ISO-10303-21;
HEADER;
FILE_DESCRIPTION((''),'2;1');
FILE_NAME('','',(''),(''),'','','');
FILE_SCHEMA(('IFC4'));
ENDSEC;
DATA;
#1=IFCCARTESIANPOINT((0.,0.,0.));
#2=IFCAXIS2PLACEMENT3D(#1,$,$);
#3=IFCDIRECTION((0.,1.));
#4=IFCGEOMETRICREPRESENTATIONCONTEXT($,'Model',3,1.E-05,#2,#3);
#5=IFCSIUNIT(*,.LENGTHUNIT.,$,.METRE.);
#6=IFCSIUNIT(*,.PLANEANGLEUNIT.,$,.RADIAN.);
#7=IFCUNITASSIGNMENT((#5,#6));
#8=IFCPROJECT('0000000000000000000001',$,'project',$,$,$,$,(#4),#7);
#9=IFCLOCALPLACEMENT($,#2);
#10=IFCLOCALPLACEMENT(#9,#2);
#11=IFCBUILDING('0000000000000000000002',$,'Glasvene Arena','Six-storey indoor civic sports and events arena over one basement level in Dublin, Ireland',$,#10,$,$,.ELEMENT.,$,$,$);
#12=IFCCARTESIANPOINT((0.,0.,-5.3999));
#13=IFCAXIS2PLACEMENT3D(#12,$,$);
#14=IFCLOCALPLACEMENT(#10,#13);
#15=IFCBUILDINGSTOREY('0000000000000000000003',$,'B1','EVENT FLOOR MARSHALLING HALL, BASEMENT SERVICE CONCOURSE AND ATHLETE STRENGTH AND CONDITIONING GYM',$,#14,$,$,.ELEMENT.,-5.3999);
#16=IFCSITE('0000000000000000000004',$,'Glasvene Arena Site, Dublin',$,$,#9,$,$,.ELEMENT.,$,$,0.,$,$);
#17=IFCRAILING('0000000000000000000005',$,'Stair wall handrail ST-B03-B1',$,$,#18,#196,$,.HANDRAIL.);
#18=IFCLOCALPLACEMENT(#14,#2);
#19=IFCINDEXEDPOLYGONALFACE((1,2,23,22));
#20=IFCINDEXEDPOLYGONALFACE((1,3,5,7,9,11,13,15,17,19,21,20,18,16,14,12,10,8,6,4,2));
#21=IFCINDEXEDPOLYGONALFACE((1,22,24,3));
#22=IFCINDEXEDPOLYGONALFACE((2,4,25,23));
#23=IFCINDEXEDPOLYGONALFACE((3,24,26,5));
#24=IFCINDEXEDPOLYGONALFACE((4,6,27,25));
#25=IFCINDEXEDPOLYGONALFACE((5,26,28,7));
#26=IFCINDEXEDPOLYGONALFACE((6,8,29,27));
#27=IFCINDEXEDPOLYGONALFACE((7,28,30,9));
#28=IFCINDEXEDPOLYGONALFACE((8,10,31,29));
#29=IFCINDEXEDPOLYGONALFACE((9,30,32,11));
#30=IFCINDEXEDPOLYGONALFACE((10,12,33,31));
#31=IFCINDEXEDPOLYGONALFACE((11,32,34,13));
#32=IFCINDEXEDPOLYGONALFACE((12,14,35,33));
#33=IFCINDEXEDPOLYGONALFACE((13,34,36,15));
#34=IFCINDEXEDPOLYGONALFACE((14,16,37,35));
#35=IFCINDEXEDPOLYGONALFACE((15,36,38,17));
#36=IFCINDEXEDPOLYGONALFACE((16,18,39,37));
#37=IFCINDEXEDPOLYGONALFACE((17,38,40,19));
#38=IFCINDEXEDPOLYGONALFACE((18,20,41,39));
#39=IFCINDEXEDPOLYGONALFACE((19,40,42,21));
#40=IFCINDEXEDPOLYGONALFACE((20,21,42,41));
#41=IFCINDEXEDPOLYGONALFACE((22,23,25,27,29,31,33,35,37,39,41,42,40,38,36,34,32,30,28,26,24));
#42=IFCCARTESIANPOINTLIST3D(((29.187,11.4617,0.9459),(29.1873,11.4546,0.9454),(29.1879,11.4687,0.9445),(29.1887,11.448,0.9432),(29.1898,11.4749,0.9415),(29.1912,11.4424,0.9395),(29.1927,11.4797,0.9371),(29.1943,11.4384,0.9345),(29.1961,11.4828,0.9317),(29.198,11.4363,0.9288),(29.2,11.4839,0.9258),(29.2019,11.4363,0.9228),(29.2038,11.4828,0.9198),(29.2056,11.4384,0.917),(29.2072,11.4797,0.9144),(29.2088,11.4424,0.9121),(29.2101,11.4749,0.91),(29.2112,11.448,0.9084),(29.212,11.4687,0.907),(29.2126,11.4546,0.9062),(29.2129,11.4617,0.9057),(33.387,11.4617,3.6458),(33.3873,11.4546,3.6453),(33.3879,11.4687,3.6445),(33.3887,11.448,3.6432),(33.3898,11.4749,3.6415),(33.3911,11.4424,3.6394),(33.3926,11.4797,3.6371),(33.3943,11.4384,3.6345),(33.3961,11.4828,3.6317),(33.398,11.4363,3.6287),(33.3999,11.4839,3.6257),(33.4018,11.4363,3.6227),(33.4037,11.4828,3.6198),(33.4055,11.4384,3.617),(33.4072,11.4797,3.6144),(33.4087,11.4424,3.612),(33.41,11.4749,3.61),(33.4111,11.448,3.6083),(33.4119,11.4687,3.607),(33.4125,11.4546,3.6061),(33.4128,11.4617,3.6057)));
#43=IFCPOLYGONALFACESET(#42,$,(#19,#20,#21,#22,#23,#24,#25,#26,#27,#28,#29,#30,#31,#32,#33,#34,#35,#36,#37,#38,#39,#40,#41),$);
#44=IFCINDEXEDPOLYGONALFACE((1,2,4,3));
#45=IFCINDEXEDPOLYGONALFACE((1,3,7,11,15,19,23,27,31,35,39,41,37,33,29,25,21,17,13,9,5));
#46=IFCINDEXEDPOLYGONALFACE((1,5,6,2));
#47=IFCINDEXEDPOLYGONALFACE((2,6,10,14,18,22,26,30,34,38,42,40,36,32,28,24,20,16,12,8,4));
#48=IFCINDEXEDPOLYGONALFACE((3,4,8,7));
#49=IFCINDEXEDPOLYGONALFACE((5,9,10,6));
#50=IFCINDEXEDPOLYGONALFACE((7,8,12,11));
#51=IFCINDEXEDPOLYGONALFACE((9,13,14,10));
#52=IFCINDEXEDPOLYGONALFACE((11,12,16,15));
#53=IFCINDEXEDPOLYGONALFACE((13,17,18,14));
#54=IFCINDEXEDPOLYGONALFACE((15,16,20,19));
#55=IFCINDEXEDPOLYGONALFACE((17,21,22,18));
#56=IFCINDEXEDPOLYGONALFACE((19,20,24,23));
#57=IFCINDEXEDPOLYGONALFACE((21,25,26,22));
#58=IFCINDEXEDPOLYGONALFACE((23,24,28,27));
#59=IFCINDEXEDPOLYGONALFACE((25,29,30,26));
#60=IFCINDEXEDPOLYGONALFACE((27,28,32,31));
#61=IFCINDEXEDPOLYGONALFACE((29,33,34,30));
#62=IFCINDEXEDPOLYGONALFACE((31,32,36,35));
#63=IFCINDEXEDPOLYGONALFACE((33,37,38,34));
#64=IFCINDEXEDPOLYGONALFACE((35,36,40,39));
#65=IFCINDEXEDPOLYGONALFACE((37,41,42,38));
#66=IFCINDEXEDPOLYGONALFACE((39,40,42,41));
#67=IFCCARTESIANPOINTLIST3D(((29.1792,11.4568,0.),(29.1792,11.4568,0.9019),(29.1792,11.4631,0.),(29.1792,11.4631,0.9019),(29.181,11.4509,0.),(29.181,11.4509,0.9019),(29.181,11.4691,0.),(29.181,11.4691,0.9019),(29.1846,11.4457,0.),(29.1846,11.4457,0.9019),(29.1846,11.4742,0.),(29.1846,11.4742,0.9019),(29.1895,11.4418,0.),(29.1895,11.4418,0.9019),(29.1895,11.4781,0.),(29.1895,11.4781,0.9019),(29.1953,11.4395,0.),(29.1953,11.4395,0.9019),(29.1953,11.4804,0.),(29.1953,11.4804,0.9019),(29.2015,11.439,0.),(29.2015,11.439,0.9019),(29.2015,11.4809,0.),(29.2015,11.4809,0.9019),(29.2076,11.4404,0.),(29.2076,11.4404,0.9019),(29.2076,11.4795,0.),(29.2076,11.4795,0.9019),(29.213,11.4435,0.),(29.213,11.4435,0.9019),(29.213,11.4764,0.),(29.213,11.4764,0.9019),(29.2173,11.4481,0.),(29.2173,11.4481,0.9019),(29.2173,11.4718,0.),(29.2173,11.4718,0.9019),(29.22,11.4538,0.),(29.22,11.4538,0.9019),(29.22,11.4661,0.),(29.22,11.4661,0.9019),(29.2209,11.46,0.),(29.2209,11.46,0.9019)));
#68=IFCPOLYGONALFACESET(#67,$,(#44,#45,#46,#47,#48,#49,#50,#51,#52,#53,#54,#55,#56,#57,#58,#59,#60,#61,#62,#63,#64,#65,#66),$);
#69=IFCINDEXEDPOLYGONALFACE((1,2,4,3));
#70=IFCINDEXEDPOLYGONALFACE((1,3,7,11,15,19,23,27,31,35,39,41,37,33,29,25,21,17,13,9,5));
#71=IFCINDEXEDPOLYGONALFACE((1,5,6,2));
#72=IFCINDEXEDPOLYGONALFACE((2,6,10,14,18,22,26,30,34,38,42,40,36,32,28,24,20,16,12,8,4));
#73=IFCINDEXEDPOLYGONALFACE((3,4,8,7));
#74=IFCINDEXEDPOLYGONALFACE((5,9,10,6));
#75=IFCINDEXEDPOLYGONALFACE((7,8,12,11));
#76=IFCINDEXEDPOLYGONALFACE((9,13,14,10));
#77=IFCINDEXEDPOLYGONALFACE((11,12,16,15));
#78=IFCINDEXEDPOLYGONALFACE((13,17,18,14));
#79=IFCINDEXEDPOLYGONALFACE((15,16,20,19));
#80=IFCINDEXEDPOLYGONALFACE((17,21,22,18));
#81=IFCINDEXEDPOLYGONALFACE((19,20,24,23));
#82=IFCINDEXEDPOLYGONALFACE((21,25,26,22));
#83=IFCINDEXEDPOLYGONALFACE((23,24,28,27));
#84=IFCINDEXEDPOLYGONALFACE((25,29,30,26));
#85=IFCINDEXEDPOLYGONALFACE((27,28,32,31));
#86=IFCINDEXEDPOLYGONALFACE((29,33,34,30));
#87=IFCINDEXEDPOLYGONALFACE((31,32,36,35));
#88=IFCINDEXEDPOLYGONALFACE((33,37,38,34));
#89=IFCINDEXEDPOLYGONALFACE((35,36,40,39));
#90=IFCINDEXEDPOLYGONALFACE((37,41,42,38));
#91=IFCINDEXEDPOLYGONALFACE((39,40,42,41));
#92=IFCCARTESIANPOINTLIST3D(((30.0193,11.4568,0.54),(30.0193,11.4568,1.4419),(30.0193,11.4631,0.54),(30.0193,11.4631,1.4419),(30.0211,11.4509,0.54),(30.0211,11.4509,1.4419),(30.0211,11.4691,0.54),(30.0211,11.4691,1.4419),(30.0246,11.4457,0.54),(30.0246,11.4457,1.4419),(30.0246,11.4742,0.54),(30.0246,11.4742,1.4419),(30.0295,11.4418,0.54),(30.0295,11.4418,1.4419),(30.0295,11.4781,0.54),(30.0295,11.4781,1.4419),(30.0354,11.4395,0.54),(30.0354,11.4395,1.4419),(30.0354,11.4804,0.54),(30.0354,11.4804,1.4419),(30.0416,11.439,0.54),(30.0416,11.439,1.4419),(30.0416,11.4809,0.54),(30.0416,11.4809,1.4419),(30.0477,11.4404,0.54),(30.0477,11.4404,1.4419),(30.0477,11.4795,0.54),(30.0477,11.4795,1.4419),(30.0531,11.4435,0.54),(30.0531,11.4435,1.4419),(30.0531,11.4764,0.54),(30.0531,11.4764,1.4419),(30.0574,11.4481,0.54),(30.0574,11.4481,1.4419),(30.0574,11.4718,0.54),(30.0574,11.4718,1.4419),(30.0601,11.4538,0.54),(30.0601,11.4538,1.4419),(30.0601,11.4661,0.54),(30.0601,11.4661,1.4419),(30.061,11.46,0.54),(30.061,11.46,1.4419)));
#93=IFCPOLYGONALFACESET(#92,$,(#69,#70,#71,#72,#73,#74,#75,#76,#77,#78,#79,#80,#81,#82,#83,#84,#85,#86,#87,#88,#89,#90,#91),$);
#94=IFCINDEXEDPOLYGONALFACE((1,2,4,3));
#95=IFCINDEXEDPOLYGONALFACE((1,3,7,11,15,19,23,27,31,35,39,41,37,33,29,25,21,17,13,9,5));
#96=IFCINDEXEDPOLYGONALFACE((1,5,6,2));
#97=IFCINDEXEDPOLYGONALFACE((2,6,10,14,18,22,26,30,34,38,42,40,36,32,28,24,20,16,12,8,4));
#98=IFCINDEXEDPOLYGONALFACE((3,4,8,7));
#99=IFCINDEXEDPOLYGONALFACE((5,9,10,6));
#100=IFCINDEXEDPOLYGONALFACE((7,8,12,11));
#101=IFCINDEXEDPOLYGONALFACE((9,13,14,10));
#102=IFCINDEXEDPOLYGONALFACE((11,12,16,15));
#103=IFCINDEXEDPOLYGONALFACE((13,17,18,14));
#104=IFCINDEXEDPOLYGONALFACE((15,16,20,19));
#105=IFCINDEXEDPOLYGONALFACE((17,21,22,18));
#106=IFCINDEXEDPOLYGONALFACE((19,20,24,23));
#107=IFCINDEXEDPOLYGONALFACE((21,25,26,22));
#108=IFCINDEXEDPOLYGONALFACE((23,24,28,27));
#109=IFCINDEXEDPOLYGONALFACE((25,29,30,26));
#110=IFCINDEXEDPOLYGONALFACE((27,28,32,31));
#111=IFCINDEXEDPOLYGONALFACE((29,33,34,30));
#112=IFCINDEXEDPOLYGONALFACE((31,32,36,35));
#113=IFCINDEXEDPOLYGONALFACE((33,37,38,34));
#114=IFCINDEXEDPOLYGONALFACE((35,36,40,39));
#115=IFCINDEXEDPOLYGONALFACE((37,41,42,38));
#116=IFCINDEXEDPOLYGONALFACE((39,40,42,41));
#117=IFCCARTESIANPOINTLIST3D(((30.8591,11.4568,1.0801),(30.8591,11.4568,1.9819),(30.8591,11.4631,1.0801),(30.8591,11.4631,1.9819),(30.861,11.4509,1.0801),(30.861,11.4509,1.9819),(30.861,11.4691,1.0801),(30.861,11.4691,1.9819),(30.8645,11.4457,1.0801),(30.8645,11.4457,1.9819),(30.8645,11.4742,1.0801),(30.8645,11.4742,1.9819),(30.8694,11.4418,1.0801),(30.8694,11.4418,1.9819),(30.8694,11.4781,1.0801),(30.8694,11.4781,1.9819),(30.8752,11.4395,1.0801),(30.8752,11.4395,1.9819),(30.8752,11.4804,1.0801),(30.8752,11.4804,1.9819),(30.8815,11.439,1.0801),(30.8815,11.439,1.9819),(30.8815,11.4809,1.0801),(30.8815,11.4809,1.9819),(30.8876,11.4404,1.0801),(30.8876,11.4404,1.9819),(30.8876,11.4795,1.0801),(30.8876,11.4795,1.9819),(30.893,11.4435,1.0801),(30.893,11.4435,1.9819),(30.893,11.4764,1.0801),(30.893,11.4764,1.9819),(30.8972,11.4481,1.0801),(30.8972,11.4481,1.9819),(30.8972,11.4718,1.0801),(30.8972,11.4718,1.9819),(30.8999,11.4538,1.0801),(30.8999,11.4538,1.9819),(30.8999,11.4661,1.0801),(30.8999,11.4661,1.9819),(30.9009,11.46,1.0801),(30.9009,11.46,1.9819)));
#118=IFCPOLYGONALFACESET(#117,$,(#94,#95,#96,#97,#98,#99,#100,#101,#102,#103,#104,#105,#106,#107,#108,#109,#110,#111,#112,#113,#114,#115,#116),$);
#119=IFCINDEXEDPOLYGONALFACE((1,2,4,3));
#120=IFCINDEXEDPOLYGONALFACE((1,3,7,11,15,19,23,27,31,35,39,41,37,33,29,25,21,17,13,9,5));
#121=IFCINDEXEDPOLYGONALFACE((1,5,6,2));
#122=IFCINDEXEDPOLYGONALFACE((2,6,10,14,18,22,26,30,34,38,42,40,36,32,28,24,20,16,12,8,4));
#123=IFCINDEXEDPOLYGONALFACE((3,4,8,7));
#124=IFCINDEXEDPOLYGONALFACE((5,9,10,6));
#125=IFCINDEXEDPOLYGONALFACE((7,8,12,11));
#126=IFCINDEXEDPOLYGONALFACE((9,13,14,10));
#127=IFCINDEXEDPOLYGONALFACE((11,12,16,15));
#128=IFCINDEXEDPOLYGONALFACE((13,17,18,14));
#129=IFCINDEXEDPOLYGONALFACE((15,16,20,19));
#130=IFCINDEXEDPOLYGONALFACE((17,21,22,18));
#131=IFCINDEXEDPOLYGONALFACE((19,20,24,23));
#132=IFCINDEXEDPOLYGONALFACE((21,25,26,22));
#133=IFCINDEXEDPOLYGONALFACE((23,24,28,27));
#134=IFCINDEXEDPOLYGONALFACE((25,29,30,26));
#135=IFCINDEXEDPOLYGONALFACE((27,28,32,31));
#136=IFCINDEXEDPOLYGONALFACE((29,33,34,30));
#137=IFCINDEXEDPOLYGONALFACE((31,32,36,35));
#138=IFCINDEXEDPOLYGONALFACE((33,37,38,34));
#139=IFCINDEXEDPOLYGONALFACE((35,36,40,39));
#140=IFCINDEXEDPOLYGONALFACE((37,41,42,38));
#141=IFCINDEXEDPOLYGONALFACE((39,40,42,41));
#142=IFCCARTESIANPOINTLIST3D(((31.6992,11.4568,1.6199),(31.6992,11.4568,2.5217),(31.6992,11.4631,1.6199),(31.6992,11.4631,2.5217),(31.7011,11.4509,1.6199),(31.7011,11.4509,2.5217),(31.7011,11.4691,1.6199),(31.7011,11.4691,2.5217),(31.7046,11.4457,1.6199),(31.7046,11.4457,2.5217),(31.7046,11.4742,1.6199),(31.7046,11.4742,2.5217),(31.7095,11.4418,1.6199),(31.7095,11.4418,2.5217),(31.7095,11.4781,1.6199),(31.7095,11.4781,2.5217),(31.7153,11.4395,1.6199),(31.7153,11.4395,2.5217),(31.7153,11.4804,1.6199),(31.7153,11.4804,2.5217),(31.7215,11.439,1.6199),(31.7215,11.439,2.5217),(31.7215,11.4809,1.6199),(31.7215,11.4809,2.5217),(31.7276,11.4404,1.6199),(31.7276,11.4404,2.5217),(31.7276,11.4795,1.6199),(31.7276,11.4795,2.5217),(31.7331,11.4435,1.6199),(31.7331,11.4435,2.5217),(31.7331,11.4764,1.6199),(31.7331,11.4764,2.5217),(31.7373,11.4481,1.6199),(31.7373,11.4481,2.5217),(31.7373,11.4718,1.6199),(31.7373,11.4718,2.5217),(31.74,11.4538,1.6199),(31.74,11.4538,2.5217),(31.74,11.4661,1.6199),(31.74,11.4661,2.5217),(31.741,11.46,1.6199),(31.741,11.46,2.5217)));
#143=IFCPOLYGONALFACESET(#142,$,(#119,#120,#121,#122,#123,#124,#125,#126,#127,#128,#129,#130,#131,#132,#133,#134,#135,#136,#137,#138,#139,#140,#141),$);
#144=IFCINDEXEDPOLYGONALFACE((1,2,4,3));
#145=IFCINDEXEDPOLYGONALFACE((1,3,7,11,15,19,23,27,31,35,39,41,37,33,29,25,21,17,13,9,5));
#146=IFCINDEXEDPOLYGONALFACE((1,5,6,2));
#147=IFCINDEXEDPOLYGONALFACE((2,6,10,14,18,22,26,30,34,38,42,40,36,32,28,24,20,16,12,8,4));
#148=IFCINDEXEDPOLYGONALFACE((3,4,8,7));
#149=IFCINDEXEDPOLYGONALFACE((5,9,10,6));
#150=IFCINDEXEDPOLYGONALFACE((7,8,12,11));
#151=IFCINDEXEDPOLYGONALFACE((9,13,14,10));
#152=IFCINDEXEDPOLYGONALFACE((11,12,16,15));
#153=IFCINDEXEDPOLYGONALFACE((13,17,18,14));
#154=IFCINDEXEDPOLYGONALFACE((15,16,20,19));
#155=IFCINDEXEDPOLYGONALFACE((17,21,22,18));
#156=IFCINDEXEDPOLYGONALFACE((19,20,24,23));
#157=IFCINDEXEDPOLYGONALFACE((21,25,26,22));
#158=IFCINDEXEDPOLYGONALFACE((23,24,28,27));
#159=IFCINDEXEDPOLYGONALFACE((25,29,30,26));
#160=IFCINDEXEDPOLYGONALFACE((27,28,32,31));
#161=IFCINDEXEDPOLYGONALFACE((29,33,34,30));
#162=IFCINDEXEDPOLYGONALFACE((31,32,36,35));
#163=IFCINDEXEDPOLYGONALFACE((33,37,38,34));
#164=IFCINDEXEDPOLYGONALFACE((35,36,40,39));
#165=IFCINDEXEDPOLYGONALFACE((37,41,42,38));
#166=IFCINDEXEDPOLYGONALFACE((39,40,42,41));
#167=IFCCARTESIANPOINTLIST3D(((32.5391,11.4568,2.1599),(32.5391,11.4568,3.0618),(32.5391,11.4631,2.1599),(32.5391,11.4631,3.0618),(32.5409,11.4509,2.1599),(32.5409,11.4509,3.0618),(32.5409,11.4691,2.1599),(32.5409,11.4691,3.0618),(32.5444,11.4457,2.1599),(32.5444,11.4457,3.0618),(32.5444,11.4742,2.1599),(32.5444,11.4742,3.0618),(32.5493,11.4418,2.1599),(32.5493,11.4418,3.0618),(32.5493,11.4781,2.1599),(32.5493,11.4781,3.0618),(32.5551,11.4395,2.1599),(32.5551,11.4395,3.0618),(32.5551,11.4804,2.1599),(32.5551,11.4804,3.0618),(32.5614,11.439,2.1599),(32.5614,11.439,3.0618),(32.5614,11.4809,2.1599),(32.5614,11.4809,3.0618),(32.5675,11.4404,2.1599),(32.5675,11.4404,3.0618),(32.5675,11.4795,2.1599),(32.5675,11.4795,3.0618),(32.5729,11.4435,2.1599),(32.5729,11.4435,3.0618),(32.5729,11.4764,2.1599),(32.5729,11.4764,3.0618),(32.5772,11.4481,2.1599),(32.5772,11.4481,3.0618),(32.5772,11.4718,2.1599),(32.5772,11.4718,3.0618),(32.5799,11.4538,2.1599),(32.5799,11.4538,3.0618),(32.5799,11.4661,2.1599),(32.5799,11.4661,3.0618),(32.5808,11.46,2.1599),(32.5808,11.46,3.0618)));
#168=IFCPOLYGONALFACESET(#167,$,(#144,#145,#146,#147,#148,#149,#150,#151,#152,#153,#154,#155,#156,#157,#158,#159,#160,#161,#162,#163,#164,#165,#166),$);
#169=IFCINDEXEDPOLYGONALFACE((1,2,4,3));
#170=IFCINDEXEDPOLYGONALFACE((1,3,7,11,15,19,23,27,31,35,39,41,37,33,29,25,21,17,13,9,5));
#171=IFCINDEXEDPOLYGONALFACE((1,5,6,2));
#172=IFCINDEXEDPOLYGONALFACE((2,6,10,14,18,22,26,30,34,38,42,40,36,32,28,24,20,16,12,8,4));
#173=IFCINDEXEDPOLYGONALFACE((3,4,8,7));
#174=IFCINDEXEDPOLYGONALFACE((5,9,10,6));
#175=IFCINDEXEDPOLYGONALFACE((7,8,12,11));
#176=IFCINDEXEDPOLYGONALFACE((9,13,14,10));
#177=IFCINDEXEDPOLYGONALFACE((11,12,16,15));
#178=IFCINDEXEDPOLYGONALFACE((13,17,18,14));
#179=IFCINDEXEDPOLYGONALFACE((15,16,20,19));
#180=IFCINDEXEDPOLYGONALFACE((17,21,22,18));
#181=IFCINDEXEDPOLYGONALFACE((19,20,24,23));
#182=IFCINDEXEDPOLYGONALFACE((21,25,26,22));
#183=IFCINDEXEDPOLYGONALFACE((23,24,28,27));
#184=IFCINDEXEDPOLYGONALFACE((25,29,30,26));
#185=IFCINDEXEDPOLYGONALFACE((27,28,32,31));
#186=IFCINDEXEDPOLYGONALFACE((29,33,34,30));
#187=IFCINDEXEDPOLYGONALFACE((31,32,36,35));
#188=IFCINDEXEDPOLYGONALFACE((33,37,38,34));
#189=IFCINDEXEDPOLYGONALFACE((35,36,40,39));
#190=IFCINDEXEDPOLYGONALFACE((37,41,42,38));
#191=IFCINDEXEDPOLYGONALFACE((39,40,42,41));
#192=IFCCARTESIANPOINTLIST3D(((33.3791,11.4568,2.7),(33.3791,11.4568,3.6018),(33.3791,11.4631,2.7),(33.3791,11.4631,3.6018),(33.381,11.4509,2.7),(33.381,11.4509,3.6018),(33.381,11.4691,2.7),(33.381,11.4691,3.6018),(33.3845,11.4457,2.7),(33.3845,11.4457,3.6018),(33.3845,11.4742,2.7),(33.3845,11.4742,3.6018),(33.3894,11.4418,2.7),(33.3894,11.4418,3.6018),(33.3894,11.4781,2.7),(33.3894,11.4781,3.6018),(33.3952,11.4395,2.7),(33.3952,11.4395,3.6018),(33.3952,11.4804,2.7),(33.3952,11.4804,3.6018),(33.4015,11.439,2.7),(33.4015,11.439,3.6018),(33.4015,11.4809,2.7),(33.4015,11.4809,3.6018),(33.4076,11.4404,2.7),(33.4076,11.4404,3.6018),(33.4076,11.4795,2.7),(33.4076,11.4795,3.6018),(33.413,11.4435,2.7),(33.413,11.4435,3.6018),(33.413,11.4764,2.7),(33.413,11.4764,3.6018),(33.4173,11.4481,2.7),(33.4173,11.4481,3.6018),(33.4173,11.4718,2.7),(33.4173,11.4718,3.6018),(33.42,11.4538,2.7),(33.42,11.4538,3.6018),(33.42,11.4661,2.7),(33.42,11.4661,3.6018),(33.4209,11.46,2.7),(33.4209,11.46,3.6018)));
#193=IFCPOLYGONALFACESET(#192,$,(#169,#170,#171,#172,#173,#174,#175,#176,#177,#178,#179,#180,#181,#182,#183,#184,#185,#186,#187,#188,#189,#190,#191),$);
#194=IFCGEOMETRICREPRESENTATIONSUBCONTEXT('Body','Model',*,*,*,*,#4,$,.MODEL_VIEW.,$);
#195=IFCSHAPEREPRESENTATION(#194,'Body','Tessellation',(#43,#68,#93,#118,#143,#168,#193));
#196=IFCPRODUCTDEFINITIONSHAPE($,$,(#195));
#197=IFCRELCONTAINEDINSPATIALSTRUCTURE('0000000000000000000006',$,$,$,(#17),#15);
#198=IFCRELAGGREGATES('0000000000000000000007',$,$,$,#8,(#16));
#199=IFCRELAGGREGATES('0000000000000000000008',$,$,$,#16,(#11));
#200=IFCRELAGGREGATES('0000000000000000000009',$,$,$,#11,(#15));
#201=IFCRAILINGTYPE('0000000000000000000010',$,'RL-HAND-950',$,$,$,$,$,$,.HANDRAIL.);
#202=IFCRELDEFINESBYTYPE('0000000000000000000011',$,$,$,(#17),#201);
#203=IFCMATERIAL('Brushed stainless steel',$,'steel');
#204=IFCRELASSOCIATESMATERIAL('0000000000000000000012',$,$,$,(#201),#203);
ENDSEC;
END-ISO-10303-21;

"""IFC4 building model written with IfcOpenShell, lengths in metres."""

from ifc_helpers import new_model, si_unit, direction, frame, origin, origin_2d, place, context, subcontext, project, spatial, circle, extrude, material, type_object, element, save


model = new_model("IFC4")

# Units and contexts
model_context = context("Model", 3, precision=1e-05, world=origin(), true_north=direction((0.0, 1.0)))
body_context = subcontext(model_context, "Body", "Model", "MODEL_VIEW")
ifc_project = project(units=[si_unit("LENGTHUNIT", "METRE"), si_unit("PLANEANGLEUNIT", "RADIAN")], contexts=[model_context])

# Site, building, storey
site_placement = place(None, origin())
site = spatial("IfcSite", under=ifc_project, at=site_placement, Name="Glasvene Arena Site, Dublin", CompositionType="ELEMENT", RefElevation=0.0)
building_placement = place(site_placement, origin())
building = spatial("IfcBuilding", under=site, at=building_placement, Name="Glasvene Arena", Description="Six-storey indoor civic sports and events arena over one basement level in Dublin, Ireland", CompositionType="ELEMENT")
storey_placement = place(building_placement, frame((0.0, 0.0, -5.3999)))
storey = spatial("IfcBuildingStorey", under=building, at=storey_placement, Name="B1", Description="EVENT FLOOR MARSHALLING HALL, BASEMENT SERVICE CONCOURSE AND ATHLETE STRENGTH AND CONDITIONING GYM", CompositionType="ELEMENT", Elevation=-5.3999)

# Railing
ifc_material_1 = material(Name="Brushed stainless steel", Category="steel")
railing_type_1 = type_object("IfcRailingType", Name="RL-HAND-950", PredefinedType="HANDRAIL", material=ifc_material_1)
railing_1_placement = place(storey_placement, frame((29.2, 11.46, 0.0)))
element("IfcRailing", 1, at=railing_1_placement, inside=storey, type_object=railing_type_1, Name="Stair wall handrail ST-B03-B1", PredefinedType="HANDRAIL", context=body_context, shape_type="SweptSolid", body=[
    extrude(circle(Radius=0.0239, at=origin_2d()), frame((0.0, 0.0, 0.9258), z_axis=(0.84118, 0.0, 0.540755), x_axis=(0.0, 1.0, 0.0)), (0.0, 0.0, 1.0), 4.9929),
    extrude(circle(Radius=0.021, at=origin_2d()), origin(), (0.0, 0.0, 1.0), 0.9019),
    extrude(circle(Radius=0.021, at=origin_2d()), frame((0.8401, 0.0, 0.54)), (0.0, 0.0, 1.0), 0.9019),
    extrude(circle(Radius=0.021, at=origin_2d()), frame((1.6799, 0.0, 1.0801)), (0.0, 0.0, 1.0), 0.9019),
    extrude(circle(Radius=0.021, at=origin_2d()), frame((2.52, 0.0, 1.6199)), (0.0, 0.0, 1.0), 0.9019),
    extrude(circle(Radius=0.021, at=origin_2d()), frame((3.3599, 0.0, 2.1599)), (0.0, 0.0, 1.0), 0.9019),
    extrude(circle(Radius=0.021, at=origin_2d()), frame((4.2, 0.0, 2.7)), (0.0, 0.0, 1.0), 0.9019),
])

save(model, "model.ifc")
